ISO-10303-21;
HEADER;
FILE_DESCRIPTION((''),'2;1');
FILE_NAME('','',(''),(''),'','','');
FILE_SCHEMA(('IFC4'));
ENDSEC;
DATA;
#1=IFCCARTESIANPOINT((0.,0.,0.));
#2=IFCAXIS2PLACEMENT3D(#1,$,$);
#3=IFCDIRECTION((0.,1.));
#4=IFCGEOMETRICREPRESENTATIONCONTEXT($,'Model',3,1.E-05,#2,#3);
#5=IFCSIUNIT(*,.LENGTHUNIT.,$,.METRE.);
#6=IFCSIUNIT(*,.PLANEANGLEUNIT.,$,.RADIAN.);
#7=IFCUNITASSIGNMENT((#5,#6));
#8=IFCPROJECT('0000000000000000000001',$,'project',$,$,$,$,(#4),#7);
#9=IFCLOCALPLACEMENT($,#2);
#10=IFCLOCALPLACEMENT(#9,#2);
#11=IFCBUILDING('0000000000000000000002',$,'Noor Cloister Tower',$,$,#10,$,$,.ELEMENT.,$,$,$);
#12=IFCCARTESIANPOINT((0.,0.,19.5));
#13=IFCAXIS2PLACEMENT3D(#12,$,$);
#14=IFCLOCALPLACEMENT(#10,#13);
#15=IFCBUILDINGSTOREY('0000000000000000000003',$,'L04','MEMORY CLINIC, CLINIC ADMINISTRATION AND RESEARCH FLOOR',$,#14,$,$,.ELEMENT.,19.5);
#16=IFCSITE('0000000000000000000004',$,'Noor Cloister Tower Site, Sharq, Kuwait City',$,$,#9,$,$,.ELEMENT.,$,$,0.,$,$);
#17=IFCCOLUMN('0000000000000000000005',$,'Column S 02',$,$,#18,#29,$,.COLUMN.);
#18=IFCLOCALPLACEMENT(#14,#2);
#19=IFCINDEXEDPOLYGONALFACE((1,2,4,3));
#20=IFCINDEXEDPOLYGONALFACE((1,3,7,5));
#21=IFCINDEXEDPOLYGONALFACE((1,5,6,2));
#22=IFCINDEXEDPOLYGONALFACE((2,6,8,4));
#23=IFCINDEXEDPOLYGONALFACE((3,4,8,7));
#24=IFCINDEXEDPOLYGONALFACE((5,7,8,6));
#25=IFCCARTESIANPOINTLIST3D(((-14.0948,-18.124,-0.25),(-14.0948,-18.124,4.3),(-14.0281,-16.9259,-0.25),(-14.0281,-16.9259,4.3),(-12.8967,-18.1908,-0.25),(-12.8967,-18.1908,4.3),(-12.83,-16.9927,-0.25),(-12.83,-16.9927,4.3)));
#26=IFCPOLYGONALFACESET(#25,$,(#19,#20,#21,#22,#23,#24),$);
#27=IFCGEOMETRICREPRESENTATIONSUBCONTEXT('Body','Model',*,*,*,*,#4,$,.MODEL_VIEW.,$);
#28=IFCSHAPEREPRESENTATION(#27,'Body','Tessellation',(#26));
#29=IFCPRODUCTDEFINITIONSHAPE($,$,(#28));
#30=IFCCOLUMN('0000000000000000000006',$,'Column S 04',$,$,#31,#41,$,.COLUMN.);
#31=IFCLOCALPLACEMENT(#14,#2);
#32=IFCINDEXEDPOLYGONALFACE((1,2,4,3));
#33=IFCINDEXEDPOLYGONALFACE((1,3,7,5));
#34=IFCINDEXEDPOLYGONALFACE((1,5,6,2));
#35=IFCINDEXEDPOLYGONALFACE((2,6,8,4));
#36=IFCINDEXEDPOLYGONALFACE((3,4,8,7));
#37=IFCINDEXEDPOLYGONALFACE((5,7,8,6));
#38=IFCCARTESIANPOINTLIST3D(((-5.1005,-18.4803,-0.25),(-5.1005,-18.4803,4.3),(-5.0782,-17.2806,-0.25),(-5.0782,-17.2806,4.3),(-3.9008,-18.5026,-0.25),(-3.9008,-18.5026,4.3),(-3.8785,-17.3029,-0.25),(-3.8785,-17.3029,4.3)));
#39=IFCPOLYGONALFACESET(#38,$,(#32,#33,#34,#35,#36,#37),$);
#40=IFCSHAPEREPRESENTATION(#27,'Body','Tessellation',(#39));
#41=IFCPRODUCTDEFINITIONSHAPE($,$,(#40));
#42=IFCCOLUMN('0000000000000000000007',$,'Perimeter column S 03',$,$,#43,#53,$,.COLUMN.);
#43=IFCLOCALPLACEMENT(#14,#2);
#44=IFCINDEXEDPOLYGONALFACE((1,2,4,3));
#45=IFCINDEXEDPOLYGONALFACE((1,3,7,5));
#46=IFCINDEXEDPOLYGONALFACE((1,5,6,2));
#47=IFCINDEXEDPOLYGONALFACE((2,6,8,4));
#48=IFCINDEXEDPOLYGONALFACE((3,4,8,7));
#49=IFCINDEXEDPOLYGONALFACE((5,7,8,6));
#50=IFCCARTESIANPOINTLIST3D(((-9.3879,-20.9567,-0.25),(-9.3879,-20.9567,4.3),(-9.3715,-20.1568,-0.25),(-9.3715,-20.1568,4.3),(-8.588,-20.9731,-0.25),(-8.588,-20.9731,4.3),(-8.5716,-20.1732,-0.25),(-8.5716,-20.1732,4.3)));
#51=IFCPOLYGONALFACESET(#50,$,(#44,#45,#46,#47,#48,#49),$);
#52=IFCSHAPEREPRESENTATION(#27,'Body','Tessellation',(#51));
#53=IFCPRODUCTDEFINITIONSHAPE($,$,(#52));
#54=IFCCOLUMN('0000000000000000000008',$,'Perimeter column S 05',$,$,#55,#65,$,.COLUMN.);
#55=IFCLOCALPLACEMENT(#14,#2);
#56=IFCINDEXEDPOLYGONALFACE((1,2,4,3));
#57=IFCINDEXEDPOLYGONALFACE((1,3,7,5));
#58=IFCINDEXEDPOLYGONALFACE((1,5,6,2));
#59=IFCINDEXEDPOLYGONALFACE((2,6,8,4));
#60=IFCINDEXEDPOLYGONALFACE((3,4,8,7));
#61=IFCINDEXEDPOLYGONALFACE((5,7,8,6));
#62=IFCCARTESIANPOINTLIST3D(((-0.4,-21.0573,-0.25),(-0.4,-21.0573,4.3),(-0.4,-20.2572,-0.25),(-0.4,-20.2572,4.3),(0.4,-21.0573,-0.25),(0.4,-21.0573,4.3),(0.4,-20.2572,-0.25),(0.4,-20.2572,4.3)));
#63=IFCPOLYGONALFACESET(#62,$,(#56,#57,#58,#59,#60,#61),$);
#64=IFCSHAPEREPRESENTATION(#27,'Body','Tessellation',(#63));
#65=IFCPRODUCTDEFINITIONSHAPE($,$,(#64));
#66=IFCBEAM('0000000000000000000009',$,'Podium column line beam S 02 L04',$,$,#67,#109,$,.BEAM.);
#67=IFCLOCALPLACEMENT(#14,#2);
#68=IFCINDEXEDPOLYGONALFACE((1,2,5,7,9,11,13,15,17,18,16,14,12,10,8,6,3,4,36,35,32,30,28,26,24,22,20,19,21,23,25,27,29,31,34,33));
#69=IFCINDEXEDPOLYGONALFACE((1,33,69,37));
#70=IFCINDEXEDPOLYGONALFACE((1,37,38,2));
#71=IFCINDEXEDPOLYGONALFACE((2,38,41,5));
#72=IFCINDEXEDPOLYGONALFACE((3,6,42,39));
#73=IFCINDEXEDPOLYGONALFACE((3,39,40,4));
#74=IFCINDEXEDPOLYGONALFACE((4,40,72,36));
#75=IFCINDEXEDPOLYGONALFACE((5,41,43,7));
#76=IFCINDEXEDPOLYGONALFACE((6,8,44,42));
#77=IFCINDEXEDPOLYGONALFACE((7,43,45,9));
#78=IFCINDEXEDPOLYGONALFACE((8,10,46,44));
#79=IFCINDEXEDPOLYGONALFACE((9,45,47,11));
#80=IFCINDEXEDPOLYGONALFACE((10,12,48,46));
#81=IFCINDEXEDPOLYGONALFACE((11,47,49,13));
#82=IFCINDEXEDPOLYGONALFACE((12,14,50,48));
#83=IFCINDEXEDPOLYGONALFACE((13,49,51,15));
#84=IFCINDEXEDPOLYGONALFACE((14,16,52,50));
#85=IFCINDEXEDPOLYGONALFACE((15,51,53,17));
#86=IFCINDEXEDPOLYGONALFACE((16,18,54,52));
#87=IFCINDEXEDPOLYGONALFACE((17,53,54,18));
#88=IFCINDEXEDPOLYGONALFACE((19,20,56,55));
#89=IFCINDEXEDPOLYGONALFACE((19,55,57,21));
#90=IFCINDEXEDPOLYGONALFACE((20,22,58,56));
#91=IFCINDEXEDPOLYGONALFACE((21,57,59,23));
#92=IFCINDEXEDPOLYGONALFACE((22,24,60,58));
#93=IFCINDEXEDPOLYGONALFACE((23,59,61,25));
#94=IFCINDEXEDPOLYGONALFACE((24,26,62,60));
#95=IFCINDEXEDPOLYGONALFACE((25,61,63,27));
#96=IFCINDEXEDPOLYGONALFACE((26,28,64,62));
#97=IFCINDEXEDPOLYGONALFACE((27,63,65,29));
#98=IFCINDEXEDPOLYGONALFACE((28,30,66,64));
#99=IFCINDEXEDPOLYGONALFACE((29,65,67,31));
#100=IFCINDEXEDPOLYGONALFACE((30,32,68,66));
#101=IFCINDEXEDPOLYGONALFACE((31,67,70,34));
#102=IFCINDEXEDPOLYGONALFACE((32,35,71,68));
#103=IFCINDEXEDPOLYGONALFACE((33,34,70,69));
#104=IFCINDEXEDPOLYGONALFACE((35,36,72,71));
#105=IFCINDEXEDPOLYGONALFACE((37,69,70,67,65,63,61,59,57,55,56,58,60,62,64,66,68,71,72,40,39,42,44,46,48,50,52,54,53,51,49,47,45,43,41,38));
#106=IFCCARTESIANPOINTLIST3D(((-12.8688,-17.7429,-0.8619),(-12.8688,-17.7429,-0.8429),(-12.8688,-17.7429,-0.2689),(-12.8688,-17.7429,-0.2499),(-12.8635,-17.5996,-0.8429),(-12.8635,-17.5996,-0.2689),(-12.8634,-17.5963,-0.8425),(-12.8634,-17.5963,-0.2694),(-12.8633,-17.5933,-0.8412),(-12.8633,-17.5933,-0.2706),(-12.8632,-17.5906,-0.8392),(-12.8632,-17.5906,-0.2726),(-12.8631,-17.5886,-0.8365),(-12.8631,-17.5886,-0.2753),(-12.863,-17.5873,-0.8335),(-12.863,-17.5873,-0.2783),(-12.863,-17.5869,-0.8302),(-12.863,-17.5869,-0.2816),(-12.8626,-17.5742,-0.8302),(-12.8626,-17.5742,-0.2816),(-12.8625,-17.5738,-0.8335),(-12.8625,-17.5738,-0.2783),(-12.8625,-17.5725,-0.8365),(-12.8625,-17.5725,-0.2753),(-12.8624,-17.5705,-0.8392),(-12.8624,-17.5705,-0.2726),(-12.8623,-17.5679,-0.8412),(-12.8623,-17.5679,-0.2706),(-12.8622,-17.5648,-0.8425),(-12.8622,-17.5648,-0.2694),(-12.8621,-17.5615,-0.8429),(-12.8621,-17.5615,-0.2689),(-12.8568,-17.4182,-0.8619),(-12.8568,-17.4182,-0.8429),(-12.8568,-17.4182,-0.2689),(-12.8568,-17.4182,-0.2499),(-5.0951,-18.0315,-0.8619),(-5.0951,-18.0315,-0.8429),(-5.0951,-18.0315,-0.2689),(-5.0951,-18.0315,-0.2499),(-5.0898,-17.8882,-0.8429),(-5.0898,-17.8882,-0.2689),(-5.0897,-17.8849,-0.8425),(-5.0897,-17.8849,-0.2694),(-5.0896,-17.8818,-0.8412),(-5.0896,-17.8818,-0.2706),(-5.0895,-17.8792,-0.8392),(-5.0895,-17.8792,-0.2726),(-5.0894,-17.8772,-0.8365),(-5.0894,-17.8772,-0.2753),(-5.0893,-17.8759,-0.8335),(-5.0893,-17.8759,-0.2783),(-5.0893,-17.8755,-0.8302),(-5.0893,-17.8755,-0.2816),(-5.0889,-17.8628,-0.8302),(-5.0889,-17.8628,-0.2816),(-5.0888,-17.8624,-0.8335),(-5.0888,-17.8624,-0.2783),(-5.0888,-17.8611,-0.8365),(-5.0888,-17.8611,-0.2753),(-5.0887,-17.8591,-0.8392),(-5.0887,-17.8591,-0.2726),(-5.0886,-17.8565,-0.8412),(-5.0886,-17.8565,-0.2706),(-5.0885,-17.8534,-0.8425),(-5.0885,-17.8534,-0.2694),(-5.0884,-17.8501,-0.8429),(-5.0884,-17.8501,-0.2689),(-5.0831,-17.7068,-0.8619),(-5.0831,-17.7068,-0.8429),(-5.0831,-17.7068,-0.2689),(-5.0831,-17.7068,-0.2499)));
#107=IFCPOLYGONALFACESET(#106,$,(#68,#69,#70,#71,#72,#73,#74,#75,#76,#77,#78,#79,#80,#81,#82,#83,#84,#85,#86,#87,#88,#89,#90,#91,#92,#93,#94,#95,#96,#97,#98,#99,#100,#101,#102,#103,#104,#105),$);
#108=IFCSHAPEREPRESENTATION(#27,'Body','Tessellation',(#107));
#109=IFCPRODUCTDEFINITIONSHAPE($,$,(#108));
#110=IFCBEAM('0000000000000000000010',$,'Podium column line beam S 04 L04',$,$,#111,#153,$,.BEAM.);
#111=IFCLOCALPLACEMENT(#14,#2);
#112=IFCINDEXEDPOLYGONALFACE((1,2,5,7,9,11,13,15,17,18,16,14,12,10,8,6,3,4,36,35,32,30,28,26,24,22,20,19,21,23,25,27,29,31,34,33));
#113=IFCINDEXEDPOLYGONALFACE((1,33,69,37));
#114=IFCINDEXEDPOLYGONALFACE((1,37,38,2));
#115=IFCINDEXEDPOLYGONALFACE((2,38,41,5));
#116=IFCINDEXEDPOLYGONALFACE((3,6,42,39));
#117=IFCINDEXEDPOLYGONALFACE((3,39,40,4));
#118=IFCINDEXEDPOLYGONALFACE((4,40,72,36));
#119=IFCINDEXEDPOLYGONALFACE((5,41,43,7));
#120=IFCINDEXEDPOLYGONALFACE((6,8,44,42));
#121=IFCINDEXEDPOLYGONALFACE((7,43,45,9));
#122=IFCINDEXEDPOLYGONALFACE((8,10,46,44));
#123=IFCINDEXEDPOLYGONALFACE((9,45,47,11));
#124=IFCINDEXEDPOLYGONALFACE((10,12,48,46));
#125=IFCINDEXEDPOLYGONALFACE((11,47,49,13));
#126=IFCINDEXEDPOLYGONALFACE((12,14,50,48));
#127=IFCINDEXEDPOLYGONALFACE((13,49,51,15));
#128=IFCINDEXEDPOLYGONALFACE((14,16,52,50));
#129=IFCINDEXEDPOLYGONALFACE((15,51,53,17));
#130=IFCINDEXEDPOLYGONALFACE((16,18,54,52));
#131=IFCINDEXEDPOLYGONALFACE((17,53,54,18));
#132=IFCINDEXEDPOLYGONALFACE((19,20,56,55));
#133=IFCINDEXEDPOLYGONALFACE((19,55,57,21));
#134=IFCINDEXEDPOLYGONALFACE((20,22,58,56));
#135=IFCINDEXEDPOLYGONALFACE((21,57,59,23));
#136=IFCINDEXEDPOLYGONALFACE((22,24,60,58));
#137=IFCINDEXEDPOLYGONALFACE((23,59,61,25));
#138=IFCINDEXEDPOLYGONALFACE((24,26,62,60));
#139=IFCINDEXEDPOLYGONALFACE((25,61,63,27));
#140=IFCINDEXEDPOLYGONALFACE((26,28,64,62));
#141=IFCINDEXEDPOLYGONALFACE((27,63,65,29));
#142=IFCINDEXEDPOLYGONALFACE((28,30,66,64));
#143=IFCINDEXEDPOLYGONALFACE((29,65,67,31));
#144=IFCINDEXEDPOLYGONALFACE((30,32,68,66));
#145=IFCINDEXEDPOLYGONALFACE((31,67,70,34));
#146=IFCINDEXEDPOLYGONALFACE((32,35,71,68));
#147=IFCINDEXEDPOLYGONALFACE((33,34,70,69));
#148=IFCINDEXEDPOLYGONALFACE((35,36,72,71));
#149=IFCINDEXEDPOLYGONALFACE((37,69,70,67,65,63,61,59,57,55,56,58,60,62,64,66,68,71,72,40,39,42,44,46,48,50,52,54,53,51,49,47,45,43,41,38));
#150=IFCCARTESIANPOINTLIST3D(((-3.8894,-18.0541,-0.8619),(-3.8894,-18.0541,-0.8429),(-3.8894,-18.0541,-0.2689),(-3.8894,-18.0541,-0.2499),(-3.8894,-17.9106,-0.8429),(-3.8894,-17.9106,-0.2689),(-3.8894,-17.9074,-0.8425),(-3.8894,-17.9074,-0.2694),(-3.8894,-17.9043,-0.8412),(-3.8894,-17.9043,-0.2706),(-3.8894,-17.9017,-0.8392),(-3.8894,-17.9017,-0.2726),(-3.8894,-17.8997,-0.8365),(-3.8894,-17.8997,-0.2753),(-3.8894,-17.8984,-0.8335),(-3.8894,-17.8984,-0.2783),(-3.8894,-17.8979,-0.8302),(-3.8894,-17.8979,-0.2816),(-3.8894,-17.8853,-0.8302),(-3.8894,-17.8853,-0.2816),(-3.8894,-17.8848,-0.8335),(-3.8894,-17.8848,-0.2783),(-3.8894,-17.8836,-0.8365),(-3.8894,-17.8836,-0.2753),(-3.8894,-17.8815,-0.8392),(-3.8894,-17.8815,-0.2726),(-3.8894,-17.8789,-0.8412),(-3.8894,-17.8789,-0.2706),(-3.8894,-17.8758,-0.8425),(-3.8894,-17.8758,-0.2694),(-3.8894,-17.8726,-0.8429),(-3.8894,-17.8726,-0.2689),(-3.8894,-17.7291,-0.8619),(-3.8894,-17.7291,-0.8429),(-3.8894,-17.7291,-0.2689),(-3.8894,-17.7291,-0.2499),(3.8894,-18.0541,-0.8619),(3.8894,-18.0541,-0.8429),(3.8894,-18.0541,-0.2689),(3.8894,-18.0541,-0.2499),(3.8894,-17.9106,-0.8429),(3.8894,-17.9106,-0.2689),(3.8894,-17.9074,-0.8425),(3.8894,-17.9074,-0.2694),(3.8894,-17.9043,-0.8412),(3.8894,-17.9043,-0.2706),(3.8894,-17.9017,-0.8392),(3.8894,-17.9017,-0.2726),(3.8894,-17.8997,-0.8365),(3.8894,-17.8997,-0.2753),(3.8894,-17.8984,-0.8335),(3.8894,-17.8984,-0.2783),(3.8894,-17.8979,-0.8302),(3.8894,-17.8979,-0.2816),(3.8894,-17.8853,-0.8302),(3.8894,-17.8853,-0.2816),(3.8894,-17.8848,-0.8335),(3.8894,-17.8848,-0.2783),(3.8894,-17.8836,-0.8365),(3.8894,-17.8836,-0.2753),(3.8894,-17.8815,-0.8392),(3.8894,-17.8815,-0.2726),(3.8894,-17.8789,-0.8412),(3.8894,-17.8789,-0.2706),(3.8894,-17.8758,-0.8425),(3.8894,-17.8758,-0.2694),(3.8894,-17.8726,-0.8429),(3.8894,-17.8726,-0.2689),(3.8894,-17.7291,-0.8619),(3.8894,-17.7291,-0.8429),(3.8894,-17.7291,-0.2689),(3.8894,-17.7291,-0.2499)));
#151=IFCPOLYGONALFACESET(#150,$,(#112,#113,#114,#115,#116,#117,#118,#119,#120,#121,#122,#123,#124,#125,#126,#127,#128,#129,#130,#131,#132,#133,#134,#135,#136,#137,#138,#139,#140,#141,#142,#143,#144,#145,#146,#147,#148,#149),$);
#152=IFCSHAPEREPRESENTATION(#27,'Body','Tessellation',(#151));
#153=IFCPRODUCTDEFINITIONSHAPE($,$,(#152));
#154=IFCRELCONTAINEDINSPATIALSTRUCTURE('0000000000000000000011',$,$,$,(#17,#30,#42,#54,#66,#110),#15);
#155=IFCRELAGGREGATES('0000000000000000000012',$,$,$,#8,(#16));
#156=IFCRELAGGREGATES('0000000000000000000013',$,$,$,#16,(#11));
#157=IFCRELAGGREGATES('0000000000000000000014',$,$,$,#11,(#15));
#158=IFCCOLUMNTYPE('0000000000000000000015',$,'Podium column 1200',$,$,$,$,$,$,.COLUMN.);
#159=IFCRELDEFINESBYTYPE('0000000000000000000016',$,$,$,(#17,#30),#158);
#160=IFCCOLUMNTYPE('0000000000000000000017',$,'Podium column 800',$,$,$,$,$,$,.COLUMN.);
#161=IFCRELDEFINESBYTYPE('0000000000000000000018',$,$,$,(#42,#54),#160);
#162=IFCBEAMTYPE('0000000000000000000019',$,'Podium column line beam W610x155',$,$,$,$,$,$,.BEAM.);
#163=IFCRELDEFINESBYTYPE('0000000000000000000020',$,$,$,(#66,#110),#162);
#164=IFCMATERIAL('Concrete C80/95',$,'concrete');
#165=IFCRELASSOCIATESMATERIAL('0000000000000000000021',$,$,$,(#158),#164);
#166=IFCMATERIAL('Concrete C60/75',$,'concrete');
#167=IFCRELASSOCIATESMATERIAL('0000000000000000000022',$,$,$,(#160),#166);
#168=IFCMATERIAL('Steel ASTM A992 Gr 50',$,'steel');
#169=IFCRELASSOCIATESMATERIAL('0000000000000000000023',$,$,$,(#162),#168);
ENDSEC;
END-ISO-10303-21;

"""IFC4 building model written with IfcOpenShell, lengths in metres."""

from ifc_helpers import new_model, si_unit, direction, frame, origin, origin_2d, place, context, subcontext, project, spatial, rectangle, i_section, extrude, material, material_profile, profile_set, type_object, element, save


model = new_model("IFC4")

# Units and contexts
model_context = context("Model", 3, precision=1e-05, world=origin(), true_north=direction((0.0, 1.0)))
body_context = subcontext(model_context, "Body", "Model", "MODEL_VIEW")
ifc_project = project(units=[si_unit("LENGTHUNIT", "METRE"), si_unit("PLANEANGLEUNIT", "RADIAN")], contexts=[model_context])

# Site, building, storey
site_placement = place(None, origin())
site = spatial("IfcSite", under=ifc_project, at=site_placement, Name="Noor Cloister Tower Site, Sharq, Kuwait City", CompositionType="ELEMENT", RefElevation=0.0)
building_placement = place(site_placement, origin())
building = spatial("IfcBuilding", under=site, at=building_placement, Name="Noor Cloister Tower", CompositionType="ELEMENT")
storey_placement = place(building_placement, frame((0.0, 0.0, 19.5)))
storey = spatial("IfcBuildingStorey", under=building, at=storey_placement, Name="L04", Description="MEMORY CLINIC, CLINIC ADMINISTRATION AND RESEARCH FLOOR", CompositionType="ELEMENT", Elevation=19.5)

# Columns
ifc_material_1 = material(Name="Concrete C80/95", Category="concrete")
ifc_material_profile_1 = material_profile(ifc_material_1, rectangle(XDim=1.2, YDim=1.2, at=origin_2d()), Name="Podium column 1200")
ifc_profile_set_1 = profile_set([ifc_material_profile_1], Name="Concrete C80/95")
column_type_1 = type_object("IfcColumnType", Name="Podium column 1200", PredefinedType="COLUMN", material=ifc_profile_set_1)
for number, where, z_axis, x_axis, name in (
    (1, (-13.4624, -17.5583, -0.25), (0.0, 0.0, 1.0), (-0.055633, -0.998451, 0.0), "Column S 02"),
    (2, (-4.4895, -17.8916, -0.25), (0.0, 0.0, 1.0), (-0.018553, -0.999828, 0.0), "Column S 04"),
):
    element("IfcColumn", number, at=place(storey_placement, frame(where, z_axis=z_axis, x_axis=x_axis)), inside=storey, type_object=column_type_1, Name=name, PredefinedType="COLUMN", context=body_context, shape_type="SweptSolid", body=[
        extrude(rectangle(XDim=1.2, YDim=1.2, at=origin_2d()), origin(), (0.0, 0.0, 1.0), 4.55),
    ])
ifc_material_2 = material(Name="Concrete C60/75", Category="concrete")
ifc_material_profile_2 = material_profile(ifc_material_2, rectangle(XDim=0.8, YDim=0.8, at=origin_2d()), Name="Podium column 800")
ifc_profile_set_2 = profile_set([ifc_material_profile_2], Name="Concrete C60/75")
column_type_2 = type_object("IfcColumnType", Name="Podium column 800", PredefinedType="COLUMN", material=ifc_profile_set_2)
for number, where, z_axis, x_axis, name in (
    (3, (-8.9797, -20.5649, -0.25), (0.0, 0.0, 1.0), (-0.020537, -0.999789, 0.0), "Perimeter column S 03"),
    (4, (0.0, -20.6572, -0.25), (0.0, 0.0, 1.0), (0.0, -1.0, 0.0), "Perimeter column S 05"),
):
    element("IfcColumn", number, at=place(storey_placement, frame(where, z_axis=z_axis, x_axis=x_axis)), inside=storey, type_object=column_type_2, Name=name, PredefinedType="COLUMN", context=body_context, shape_type="SweptSolid", body=[
        extrude(rectangle(XDim=0.8, YDim=0.8, at=origin_2d()), origin(), (0.0, 0.0, 1.0), 4.55),
    ])

# Beams
ifc_material_3 = material(Name="Steel ASTM A992 Gr 50", Category="steel")
ifc_material_profile_3 = material_profile(ifc_material_3, i_section(OverallWidth=0.325, OverallDepth=0.6121, WebThickness=0.0127, FlangeThickness=0.019, FilletRadius=0.0127, at=origin_2d()), Name="W610x155")
ifc_profile_set_3 = profile_set([ifc_material_profile_3], Name="Steel ASTM A992 Gr 50")
beam_type_1 = type_object("IfcBeamType", Name="Podium column line beam W610x155", PredefinedType="BEAM", material=ifc_profile_set_3)
beam_1_placement = place(storey_placement, frame((-12.8628, -17.5806, -0.5559), z_axis=(0.999312, -0.037096, 0.0), x_axis=(0.037096, 0.999312, 0.0)))
element("IfcBeam", 5, at=beam_1_placement, inside=storey, type_object=beam_type_1, Name="Podium column line beam S 02 L04", PredefinedType="BEAM", context=body_context, shape_type="SweptSolid", body=[
    extrude(i_section(OverallWidth=0.325, OverallDepth=0.6121, WebThickness=0.0127, FlangeThickness=0.019, FilletRadius=0.0127, at=origin_2d()), origin(), (0.0, 0.0, 1.0), 7.7791),
])
beam_2_placement = place(storey_placement, frame((-3.8894, -17.8916, -0.5559), z_axis=(1.0, 0.0, 0.0), x_axis=(0.0, 1.0, 0.0)))
element("IfcBeam", 6, at=beam_2_placement, inside=storey, type_object=beam_type_1, Name="Podium column line beam S 04 L04", PredefinedType="BEAM", context=body_context, shape_type="SweptSolid", body=[
    extrude(i_section(OverallWidth=0.325, OverallDepth=0.6121, WebThickness=0.0127, FlangeThickness=0.019, FilletRadius=0.0127, at=origin_2d()), origin(), (0.0, 0.0, 1.0), 7.7788),
])

save(model, "model.ifc")
